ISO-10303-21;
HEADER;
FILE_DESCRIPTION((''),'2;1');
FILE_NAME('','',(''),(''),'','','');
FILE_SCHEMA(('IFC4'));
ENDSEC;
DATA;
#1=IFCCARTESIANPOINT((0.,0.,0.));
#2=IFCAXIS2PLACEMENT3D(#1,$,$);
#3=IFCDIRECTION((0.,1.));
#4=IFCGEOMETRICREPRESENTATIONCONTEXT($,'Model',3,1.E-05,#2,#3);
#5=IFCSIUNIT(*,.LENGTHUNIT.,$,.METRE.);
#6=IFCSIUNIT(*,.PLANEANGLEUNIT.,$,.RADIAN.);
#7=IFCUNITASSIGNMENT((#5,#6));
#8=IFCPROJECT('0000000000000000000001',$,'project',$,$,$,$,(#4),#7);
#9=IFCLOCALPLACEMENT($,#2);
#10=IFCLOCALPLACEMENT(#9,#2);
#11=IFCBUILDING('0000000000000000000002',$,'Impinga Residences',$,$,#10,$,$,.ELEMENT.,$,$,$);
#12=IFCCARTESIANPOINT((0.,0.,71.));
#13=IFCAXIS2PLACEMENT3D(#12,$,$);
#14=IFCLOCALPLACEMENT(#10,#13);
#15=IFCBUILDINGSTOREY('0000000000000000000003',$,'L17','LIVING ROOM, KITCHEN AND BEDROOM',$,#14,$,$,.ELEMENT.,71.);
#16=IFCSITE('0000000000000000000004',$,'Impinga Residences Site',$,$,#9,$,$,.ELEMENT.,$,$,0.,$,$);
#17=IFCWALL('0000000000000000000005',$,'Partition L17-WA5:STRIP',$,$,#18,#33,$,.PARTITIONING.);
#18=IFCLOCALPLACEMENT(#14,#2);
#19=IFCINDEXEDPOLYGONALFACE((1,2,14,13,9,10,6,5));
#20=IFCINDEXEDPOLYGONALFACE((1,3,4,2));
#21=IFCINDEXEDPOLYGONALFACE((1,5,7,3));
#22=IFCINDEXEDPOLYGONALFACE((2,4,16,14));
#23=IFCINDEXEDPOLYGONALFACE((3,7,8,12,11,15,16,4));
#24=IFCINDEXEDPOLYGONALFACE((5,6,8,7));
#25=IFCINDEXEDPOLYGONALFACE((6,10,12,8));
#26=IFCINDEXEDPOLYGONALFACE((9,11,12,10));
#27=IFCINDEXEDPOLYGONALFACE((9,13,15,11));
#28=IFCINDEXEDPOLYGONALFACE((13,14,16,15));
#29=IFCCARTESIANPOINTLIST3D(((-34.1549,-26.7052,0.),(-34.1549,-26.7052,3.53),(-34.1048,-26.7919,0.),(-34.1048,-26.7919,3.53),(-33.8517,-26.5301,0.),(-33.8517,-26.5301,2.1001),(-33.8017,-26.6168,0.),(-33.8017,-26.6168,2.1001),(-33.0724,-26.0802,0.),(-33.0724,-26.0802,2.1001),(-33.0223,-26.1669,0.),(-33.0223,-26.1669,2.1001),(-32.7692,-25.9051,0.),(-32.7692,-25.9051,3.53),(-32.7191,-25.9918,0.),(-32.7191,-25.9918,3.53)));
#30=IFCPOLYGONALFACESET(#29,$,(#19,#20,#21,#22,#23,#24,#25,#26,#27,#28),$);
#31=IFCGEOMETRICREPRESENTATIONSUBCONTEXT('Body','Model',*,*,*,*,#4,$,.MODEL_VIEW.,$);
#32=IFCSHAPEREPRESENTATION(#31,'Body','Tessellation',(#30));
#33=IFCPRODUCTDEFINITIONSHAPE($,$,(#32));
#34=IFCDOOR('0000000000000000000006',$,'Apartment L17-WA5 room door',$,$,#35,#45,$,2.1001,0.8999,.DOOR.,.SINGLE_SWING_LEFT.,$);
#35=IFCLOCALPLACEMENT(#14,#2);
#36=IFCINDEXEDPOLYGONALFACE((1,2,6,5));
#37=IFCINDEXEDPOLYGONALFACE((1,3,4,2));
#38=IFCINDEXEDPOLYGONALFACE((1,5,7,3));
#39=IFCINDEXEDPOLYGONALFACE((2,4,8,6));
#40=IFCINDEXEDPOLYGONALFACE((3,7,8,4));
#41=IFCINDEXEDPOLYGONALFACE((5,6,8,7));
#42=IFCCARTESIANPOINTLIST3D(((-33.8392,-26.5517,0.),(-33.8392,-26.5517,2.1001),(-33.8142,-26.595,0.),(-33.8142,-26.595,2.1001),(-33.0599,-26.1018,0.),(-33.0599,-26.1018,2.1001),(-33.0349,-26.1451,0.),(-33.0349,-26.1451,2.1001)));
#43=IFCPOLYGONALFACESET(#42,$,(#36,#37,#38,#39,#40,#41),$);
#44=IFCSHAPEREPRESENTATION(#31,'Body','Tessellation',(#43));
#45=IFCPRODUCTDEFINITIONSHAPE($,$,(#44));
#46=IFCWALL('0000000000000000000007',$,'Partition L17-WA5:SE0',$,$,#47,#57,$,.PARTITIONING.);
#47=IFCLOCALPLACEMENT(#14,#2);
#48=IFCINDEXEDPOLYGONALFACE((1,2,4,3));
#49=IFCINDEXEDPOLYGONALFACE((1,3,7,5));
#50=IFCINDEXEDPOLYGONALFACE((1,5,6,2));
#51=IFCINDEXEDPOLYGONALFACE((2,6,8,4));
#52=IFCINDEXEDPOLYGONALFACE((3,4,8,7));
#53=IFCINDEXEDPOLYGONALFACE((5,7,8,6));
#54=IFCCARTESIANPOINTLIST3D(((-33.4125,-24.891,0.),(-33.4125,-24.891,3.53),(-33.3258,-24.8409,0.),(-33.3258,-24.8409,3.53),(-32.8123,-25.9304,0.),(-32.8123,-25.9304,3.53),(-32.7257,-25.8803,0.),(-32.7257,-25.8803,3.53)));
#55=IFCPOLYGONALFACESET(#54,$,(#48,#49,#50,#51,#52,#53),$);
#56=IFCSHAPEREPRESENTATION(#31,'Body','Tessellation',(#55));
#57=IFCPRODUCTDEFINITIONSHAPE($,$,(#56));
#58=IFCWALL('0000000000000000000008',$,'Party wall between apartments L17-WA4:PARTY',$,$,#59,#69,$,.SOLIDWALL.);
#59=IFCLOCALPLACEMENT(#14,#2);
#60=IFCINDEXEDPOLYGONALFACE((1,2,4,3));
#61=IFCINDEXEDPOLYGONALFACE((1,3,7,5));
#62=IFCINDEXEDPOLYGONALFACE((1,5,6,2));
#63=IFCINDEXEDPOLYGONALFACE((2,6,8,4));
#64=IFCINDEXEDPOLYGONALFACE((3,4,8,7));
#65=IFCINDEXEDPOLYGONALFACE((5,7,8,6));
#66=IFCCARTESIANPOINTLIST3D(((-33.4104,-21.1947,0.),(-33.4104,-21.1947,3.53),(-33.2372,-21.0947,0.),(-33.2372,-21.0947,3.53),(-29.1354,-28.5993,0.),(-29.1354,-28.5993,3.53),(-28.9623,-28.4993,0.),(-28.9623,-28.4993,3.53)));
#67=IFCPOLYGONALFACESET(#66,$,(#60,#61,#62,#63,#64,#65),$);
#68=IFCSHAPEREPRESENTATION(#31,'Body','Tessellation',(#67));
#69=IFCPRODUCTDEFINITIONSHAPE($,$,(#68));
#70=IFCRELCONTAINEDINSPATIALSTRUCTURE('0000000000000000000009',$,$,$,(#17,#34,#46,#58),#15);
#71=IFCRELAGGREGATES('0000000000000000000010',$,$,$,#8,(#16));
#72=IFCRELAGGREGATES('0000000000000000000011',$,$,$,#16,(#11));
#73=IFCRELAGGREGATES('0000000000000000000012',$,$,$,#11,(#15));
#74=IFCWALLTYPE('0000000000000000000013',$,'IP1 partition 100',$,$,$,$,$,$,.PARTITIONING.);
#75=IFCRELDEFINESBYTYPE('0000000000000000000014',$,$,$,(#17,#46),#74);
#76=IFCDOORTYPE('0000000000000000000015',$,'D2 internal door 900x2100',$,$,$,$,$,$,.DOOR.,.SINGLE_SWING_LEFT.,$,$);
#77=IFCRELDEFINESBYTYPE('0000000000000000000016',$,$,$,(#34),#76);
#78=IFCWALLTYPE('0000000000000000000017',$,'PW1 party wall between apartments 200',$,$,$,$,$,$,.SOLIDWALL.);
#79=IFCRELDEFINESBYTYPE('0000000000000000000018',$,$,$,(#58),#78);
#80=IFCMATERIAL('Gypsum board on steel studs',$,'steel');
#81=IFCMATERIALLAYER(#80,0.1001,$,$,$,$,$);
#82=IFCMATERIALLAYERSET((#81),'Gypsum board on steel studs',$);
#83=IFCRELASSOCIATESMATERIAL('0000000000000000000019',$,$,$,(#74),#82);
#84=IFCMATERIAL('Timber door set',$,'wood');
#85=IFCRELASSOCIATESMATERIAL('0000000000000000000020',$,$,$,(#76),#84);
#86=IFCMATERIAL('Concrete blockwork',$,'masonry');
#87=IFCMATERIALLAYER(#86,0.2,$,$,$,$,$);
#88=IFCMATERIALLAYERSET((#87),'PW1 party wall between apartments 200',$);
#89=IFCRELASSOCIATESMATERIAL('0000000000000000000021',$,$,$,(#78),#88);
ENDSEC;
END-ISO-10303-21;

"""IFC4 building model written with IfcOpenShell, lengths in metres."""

from ifc_helpers import new_model, si_unit, direction, frame, frame_2d, origin, place, context, subcontext, project, spatial, rectangle, extrude, material, layer, layer_set, type_object, element, fill, save


model = new_model("IFC4")

# Units and contexts
model_context = context("Model", 3, precision=1e-05, world=origin(), true_north=direction((0.0, 1.0)))
body_context = subcontext(model_context, "Body", "Model", "MODEL_VIEW")
ifc_project = project(units=[si_unit("LENGTHUNIT", "METRE"), si_unit("PLANEANGLEUNIT", "RADIAN")], contexts=[model_context])

# Site, building, storey
site_placement = place(None, origin())
site = spatial("IfcSite", under=ifc_project, at=site_placement, Name="Impinga Residences Site", CompositionType="ELEMENT", RefElevation=0.0)
building_placement = place(site_placement, origin())
building = spatial("IfcBuilding", under=site, at=building_placement, Name="Impinga Residences", CompositionType="ELEMENT")
storey_placement = place(building_placement, frame((0.0, 0.0, 71.0)))
storey = spatial("IfcBuildingStorey", under=building, at=storey_placement, Name="L17", Description="LIVING ROOM, KITCHEN AND BEDROOM", CompositionType="ELEMENT", Elevation=71.0)

# Shared definitions
ifc_material_1 = material(Name="Gypsum board on steel studs", Category="steel")
ifc_layer_1 = layer(ifc_material_1, 0.1001)
ifc_layer_set_1 = layer_set([ifc_layer_1], Name="Gypsum board on steel studs")
wall_type_1 = type_object("IfcWallType", Name="IP1 partition 100", PredefinedType="PARTITIONING", material=ifc_layer_set_1)

# Shared definitions
ifc_material_2 = material(Name="Timber door set", Category="wood")
door_type = type_object("IfcDoorType", Name="D2 internal door 900x2100", OperationType="SINGLE_SWING_LEFT", PredefinedType="DOOR", material=ifc_material_2)

# Wall, opening, door
wall_1_placement = place(storey_placement, frame((-32.7441, -25.9485, 0.0), z_axis=(0.0, 0.0, 1.0), x_axis=(-0.866028, -0.499995, 0.0)))
wall_1 = element("IfcWall", 1, at=wall_1_placement, inside=storey, type_object=wall_type_1, Name="Partition L17-WA5:STRIP", PredefinedType="PARTITIONING", context=body_context, shape_type="SweptSolid", body=[
    extrude(rectangle(XDim=1.6001, YDim=0.1001, at=frame_2d((0.8, 0.0))), origin(), (0.0, 0.0, 1.0), 3.53),
])
opening_1_placement = place(wall_1_placement, frame((0.3501, 0.0, 0.0)))
opening_1 = element("IfcOpeningElement", 2, at=opening_1_placement, cuts=wall_1, PredefinedType="OPENING", context=body_context, shape_type="SweptSolid", body=[
    extrude(rectangle(XDim=0.8999, YDim=2.1001, at=frame_2d((0.45, 1.05))), frame((0.0, 0.0601, 0.0), z_axis=(0.0, -1.0, 0.0), x_axis=(1.0, 0.0, 0.0)), (0.0, 0.0, 1.0), 0.1201),
])
door_1_placement = place(opening_1_placement, origin())
door_1 = element("IfcDoor", 3, at=door_1_placement, inside=storey, type_object=door_type, Name="Apartment L17-WA5 room door", OperationType="SINGLE_SWING_LEFT", OverallHeight=2.1001, OverallWidth=0.8999, PredefinedType="DOOR", context=body_context, shape_type="SweptSolid", body=[
    extrude(rectangle(XDim=0.8999, YDim=2.1001, at=frame_2d((0.45, 1.05))), frame((0.0, 0.0249, 0.0), z_axis=(0.0, -1.0, 0.0), x_axis=(1.0, 0.0, 0.0)), (0.0, 0.0, 1.0), 0.05),
])
fill(opening_1, door_1)

# Walls
wall_2_placement = place(storey_placement, frame((-33.3691, -24.866, 0.0), z_axis=(0.0, 0.0, 1.0), x_axis=(0.500034, -0.866006, 0.0)))
element("IfcWall", 4, at=wall_2_placement, inside=storey, type_object=wall_type_1, Name="Partition L17-WA5:SE0", PredefinedType="PARTITIONING", context=body_context, shape_type="SweptSolid", body=[
    extrude(rectangle(XDim=1.2002, YDim=0.1001, at=frame_2d((0.6001, 0.0))), origin(), (0.0, 0.0, 1.0), 3.53),
])
ifc_material_3 = material(Name="Concrete blockwork", Category="masonry")
ifc_layer_2 = layer(ifc_material_3, 0.2)
ifc_layer_set_2 = layer_set([ifc_layer_2], Name="PW1 party wall between apartments 200")
wall_type_2 = type_object("IfcWallType", Name="PW1 party wall between apartments 200", PredefinedType="SOLIDWALL", material=ifc_layer_set_2)
wall_3_placement = place(storey_placement, frame((-33.3237, -21.1448, 0.0), z_axis=(0.0, 0.0, 1.0), x_axis=(0.49999, -0.866031, 0.0)))
element("IfcWall", 5, at=wall_3_placement, inside=storey, type_object=wall_type_2, Name="Party wall between apartments L17-WA4:PARTY", PredefinedType="SOLIDWALL", context=body_context, shape_type="SweptSolid", body=[
    extrude(rectangle(XDim=8.55, YDim=0.2, at=frame_2d((4.2749, 0.0))), origin(), (0.0, 0.0, 1.0), 3.53),
])

save(model, "model.ifc")
